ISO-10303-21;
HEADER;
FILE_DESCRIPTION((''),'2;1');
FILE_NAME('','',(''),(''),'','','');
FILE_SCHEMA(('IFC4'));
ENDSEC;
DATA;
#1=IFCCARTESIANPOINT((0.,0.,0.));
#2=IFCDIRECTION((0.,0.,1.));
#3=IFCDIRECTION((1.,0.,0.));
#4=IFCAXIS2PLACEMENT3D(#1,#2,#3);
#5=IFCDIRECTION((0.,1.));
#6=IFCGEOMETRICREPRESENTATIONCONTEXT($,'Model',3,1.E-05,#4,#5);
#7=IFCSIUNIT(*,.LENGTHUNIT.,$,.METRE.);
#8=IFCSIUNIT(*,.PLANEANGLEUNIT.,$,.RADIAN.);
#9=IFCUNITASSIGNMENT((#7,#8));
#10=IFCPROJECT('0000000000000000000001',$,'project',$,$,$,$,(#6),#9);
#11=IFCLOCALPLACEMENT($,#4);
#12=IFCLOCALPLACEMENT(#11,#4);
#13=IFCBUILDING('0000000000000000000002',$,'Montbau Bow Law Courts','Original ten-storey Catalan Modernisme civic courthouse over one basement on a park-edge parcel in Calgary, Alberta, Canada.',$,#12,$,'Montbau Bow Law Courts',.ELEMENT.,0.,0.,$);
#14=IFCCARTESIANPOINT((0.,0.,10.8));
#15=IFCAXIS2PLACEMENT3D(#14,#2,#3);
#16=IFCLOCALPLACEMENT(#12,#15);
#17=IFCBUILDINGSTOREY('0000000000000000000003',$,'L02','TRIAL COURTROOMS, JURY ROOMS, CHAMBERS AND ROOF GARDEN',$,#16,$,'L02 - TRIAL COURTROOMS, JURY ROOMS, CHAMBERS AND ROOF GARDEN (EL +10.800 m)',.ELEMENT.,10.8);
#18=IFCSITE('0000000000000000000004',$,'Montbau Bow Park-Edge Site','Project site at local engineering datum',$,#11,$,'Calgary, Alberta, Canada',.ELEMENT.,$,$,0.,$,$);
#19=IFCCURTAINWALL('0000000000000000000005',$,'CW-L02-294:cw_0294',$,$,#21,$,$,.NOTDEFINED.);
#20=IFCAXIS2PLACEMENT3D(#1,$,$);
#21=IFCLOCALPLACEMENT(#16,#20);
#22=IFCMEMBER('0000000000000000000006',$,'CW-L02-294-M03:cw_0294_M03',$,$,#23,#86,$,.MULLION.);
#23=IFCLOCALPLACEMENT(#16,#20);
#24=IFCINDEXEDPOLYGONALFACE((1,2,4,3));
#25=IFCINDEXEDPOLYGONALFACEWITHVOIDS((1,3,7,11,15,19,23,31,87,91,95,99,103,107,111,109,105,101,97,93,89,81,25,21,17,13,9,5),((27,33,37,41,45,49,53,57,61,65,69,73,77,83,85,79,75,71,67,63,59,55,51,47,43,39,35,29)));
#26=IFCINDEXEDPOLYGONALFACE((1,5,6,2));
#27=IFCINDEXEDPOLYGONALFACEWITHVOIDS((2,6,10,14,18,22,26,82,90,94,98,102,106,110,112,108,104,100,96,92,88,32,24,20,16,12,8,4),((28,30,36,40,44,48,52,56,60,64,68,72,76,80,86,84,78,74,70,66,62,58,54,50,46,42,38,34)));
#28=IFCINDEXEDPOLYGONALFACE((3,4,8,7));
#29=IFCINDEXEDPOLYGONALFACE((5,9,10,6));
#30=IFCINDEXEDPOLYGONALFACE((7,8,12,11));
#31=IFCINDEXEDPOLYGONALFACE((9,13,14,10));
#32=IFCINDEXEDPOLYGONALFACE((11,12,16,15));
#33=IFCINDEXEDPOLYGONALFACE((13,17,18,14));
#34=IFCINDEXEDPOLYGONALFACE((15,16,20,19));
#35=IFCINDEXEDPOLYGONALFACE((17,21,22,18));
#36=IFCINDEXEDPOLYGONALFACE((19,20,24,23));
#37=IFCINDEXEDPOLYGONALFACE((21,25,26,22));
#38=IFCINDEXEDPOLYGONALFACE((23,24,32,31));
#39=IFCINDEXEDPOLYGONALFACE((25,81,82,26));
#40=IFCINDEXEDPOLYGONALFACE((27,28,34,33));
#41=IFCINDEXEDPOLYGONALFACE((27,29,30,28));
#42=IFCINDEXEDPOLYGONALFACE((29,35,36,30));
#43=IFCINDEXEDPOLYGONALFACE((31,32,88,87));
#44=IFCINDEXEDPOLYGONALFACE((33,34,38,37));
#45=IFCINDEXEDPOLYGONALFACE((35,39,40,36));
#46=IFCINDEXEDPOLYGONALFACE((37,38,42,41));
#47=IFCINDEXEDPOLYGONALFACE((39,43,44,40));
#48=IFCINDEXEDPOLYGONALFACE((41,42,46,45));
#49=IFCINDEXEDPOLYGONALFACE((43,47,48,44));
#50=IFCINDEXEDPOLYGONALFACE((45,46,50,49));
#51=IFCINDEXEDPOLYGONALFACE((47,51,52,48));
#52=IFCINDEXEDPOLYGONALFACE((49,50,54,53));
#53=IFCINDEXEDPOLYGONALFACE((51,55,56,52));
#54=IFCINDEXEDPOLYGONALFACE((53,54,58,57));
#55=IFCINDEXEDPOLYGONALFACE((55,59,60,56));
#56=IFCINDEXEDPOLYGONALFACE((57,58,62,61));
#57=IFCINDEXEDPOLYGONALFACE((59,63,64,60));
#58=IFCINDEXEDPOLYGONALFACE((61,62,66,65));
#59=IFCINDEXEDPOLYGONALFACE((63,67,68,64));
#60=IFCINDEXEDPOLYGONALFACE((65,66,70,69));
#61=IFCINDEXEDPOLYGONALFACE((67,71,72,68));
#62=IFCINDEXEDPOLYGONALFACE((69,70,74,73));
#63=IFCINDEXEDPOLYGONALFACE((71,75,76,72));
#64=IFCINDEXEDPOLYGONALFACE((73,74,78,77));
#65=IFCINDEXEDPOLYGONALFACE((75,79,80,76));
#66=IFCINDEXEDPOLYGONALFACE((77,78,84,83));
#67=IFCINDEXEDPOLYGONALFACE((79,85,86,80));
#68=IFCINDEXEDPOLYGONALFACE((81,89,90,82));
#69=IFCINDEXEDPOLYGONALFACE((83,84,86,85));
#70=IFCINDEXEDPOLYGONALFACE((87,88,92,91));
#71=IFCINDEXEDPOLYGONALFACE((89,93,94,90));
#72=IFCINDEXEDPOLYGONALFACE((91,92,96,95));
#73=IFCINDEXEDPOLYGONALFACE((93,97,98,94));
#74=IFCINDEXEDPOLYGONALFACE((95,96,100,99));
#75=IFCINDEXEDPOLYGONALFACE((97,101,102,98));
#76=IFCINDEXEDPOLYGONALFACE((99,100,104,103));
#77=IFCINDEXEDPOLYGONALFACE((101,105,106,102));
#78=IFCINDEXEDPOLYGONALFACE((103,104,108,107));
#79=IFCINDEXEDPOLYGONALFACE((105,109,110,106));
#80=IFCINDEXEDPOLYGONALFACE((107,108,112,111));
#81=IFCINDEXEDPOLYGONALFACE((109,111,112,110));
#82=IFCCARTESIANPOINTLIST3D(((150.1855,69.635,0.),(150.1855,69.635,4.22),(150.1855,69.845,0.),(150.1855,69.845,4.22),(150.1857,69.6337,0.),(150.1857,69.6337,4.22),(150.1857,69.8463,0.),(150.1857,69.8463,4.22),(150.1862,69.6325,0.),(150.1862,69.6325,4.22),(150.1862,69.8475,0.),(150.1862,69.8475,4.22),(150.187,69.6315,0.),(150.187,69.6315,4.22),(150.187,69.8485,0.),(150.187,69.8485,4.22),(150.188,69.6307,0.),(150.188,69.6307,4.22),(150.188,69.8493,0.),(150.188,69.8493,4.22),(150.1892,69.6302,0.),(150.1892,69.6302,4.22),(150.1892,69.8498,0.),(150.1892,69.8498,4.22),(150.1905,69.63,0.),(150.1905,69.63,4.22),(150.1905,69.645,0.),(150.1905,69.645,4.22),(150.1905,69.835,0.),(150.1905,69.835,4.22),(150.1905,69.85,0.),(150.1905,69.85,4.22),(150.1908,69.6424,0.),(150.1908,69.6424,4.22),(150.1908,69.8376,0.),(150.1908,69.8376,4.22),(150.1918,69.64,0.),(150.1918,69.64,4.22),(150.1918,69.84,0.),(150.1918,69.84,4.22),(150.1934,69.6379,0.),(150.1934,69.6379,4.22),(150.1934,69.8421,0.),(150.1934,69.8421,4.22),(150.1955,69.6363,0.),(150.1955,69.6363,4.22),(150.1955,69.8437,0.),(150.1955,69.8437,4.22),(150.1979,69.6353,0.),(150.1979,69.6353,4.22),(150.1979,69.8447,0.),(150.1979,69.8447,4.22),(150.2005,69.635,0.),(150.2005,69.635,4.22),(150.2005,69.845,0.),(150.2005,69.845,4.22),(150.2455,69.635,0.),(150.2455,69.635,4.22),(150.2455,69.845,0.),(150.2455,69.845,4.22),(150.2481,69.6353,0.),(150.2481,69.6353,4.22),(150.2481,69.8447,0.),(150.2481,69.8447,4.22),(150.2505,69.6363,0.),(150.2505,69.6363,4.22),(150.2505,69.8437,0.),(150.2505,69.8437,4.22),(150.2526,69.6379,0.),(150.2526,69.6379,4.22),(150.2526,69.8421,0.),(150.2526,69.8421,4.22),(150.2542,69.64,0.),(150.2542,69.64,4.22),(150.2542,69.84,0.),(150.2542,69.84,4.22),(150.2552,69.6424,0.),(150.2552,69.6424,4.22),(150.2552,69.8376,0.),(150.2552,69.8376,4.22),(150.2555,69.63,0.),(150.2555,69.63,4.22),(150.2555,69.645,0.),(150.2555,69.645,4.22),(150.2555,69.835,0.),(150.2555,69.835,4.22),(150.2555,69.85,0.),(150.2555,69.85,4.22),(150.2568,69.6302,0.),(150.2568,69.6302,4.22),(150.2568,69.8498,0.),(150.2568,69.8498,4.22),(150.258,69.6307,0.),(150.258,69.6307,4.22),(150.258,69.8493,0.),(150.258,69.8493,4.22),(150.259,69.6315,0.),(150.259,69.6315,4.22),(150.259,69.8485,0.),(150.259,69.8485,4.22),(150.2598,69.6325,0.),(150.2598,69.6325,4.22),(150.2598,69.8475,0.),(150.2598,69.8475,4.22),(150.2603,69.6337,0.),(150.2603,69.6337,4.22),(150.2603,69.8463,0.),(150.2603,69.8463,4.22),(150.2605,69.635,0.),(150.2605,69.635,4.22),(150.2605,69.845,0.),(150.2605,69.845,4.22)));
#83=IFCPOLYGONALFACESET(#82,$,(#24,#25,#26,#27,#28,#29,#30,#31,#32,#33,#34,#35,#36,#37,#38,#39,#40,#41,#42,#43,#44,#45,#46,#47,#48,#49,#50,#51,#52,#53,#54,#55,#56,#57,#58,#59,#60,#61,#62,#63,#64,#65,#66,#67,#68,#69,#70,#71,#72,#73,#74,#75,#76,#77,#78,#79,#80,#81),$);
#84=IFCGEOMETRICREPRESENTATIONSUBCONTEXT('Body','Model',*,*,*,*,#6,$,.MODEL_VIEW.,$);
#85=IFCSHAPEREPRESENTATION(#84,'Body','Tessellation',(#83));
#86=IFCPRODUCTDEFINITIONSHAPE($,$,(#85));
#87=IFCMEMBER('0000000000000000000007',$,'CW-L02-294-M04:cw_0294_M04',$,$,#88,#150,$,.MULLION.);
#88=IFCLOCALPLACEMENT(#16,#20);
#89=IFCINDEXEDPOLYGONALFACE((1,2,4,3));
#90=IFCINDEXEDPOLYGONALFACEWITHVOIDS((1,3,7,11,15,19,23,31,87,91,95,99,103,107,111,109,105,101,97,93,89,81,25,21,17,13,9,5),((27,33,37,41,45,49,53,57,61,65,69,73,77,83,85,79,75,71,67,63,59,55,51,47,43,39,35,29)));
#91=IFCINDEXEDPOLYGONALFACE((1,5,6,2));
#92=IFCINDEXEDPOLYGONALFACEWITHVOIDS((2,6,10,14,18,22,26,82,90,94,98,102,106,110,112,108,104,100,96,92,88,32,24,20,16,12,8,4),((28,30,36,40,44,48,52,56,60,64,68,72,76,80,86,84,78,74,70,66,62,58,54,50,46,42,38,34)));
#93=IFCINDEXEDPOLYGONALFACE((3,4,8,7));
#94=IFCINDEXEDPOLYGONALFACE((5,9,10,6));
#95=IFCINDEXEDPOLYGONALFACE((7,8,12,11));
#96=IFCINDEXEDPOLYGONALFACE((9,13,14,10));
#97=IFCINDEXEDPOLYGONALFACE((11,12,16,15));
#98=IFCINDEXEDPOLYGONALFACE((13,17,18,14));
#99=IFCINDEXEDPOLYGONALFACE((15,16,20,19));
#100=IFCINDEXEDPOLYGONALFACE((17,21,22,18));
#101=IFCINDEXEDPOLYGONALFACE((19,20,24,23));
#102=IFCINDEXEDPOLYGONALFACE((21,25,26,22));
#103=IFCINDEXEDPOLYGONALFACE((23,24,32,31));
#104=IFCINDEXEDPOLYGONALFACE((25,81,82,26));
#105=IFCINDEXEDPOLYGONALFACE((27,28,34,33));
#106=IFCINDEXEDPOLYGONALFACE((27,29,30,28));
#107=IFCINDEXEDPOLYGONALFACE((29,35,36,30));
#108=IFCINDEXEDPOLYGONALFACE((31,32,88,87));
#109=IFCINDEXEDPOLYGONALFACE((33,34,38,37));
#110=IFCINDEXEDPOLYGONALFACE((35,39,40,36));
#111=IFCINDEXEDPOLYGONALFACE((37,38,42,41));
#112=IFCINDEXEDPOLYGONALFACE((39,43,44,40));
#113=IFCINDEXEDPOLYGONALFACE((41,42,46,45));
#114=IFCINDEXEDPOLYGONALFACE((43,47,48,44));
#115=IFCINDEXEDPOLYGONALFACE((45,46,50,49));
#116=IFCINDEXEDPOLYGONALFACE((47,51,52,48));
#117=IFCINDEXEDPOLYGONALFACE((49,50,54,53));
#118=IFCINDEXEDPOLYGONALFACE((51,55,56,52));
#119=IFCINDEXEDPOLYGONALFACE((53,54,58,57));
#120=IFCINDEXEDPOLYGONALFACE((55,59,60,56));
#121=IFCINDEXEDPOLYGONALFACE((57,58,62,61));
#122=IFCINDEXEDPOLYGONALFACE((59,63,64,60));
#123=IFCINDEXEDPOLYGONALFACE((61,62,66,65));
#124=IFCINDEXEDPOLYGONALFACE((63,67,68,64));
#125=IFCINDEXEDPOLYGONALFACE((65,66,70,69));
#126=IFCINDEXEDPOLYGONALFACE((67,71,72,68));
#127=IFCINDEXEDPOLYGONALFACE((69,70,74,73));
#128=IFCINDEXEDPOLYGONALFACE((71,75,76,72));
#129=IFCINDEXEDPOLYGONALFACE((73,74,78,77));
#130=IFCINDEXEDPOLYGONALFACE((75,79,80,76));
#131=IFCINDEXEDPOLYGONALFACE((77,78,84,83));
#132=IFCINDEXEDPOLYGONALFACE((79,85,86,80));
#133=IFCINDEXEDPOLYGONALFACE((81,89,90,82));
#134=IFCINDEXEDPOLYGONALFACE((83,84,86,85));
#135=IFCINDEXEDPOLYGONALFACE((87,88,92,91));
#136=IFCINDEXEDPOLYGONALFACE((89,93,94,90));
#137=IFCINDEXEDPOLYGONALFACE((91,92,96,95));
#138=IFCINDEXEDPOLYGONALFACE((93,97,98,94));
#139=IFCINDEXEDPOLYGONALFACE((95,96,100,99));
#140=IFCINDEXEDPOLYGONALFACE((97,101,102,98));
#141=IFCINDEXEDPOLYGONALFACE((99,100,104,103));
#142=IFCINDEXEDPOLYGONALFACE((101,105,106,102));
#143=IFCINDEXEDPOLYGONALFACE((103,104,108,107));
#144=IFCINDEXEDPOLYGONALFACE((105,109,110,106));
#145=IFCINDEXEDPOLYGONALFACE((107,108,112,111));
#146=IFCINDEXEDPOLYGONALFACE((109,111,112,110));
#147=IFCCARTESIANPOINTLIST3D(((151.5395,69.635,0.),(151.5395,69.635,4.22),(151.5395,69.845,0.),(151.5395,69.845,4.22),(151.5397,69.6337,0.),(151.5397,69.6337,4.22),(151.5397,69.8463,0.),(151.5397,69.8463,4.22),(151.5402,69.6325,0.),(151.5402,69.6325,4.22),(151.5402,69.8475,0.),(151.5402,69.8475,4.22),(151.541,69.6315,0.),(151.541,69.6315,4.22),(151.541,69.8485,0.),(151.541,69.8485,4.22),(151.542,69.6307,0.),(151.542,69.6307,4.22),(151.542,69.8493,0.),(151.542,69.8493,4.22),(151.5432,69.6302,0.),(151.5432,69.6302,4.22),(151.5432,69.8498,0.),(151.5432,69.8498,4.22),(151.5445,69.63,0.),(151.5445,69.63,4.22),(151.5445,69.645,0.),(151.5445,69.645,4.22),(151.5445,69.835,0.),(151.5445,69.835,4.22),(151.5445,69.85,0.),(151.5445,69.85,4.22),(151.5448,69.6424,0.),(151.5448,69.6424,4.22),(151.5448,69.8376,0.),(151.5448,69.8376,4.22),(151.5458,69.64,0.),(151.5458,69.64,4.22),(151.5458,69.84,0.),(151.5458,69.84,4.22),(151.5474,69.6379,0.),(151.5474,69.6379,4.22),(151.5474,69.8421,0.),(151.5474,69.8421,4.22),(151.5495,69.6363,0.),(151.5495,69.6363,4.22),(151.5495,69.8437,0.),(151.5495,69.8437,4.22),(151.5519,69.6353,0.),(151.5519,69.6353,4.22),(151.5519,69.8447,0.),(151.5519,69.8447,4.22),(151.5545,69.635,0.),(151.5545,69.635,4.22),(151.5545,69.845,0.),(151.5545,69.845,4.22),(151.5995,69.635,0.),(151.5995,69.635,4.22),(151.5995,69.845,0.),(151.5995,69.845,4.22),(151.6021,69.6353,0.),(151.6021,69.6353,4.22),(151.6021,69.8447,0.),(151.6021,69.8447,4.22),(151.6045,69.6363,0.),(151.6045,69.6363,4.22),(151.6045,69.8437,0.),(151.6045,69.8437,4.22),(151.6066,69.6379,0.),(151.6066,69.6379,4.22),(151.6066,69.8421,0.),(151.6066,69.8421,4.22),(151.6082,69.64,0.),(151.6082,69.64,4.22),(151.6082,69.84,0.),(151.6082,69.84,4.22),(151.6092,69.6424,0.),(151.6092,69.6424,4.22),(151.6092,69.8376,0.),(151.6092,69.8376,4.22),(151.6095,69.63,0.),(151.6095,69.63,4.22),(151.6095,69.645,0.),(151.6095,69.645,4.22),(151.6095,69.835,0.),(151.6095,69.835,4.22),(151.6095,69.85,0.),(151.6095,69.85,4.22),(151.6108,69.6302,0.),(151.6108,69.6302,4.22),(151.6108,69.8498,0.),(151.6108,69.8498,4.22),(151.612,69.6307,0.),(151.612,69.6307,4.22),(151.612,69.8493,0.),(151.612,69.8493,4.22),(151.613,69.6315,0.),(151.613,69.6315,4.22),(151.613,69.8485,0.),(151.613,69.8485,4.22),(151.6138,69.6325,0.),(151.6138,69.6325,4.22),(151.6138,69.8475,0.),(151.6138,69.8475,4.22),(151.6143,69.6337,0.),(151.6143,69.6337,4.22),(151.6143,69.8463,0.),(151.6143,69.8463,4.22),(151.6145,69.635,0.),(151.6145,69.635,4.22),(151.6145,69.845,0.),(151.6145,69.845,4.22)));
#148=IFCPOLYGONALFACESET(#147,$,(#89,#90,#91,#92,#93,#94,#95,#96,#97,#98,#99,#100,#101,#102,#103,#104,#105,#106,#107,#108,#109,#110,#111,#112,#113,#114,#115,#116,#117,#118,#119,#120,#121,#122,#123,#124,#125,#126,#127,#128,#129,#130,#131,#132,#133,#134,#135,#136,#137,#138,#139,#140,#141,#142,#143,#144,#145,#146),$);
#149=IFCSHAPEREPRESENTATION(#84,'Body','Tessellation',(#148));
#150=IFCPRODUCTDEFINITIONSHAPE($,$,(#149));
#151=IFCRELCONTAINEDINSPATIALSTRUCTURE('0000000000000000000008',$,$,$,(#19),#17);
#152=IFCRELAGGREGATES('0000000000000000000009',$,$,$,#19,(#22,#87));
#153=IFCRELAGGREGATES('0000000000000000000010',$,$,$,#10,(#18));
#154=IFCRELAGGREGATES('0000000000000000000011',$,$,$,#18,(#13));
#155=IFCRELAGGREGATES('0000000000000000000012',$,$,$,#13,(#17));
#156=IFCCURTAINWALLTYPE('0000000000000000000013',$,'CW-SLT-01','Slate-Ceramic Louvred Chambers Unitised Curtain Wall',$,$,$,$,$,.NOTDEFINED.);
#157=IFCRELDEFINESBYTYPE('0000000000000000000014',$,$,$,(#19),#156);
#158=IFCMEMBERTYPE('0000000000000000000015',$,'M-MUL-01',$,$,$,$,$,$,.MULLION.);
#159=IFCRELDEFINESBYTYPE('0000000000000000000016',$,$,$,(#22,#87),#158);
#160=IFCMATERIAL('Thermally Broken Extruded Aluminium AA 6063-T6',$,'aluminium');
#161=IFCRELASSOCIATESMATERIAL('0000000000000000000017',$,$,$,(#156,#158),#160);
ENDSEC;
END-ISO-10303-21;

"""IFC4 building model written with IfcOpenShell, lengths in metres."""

from ifc_helpers import new_model, si_unit, direction, frame, origin_with_axes, origin_2d_with_axis, place, context, subcontext, project, spatial, hollow_rectangle, extrude, material, material_profile, profile_set, type_object, element, aggregate, save


model = new_model("IFC4")

# Units and contexts
model_context = context("Model", 3, precision=1e-05, world=origin_with_axes(), true_north=direction((0.0, 1.0)))
body_context = subcontext(model_context, "Body", "Model", "MODEL_VIEW")
ifc_project = project(units=[si_unit("LENGTHUNIT", "METRE"), si_unit("PLANEANGLEUNIT", "RADIAN")], contexts=[model_context])

# Site, building, storey
site_placement = place(None, origin_with_axes())
site = spatial("IfcSite", under=ifc_project, at=site_placement, Name="Montbau Bow Park-Edge Site", Description="Project site at local engineering datum", LongName="Calgary, Alberta, Canada", CompositionType="ELEMENT", RefElevation=0.0)
building_placement = place(site_placement, origin_with_axes())
building = spatial("IfcBuilding", under=site, at=building_placement, Name="Montbau Bow Law Courts", Description="Original ten-storey Catalan Modernisme civic courthouse over one basement on a park-edge parcel in Calgary, Alberta, Canada.", LongName="Montbau Bow Law Courts", CompositionType="ELEMENT", ElevationOfRefHeight=0.0, ElevationOfTerrain=0.0)
storey_placement = place(building_placement, frame((0.0, 0.0, 10.8), z_axis=(0.0, 0.0, 1.0), x_axis=(1.0, 0.0, 0.0)))
storey = spatial("IfcBuildingStorey", under=building, at=storey_placement, Name="L02", Description="TRIAL COURTROOMS, JURY ROOMS, CHAMBERS AND ROOF GARDEN", LongName="L02 - TRIAL COURTROOMS, JURY ROOMS, CHAMBERS AND ROOF GARDEN (EL +10.800 m)", CompositionType="ELEMENT", Elevation=10.8)

# Curtain wall, members
ifc_material_1 = material(Name="Thermally Broken Extruded Aluminium AA 6063-T6", Category="aluminium")
curtain_wall_type = type_object("IfcCurtainWallType", Name="CW-SLT-01", Description="Slate-Ceramic Louvred Chambers Unitised Curtain Wall", PredefinedType="NOTDEFINED", material=ifc_material_1)
curtain_wall_placement = place(None, frame((147.515, 69.74, 10.8), z_axis=(0.0, 0.0, 1.0), x_axis=(1.0, 0.0, 0.0)))
curtain_wall = element("IfcCurtainWall", 1, at=curtain_wall_placement, inside=storey, type_object=curtain_wall_type, Name="CW-L02-294:cw_0294", PredefinedType="NOTDEFINED")
ifc_material_profile_1 = material_profile(ifc_material_1, hollow_rectangle(XDim=0.075, YDim=0.22, WallThickness=0.005, InnerFilletRadius=0.01, OuterFilletRadius=0.005, at=origin_2d_with_axis()), Name="CWM-220X75", Category="Main", Priority=0)
ifc_profile_set_1 = profile_set([ifc_material_profile_1], Name="Thermally Broken Extruded Aluminium AA 6063-T6")
member_type_1 = type_object("IfcMemberType", Name="M-MUL-01", PredefinedType="MULLION", material=ifc_profile_set_1)
member_1_placement = place(None, frame((150.223, 69.74, 10.8), z_axis=(0.0, 0.0, 1.0), x_axis=(1.0, 0.0, 0.0)))
member_1 = element("IfcMember", 2, at=member_1_placement, type_object=member_type_1, Name="CW-L02-294-M03:cw_0294_M03", PredefinedType="MULLION", context=body_context, shape_type="SweptSolid", body=[
    extrude(hollow_rectangle(XDim=0.075, YDim=0.22, WallThickness=0.005, InnerFilletRadius=0.01, OuterFilletRadius=0.005, at=origin_2d_with_axis()), origin_with_axes(), (0.0, 0.0, 1.0), 4.22),
])
member_2_placement = place(None, frame((151.577, 69.74, 10.8), z_axis=(0.0, 0.0, 1.0), x_axis=(1.0, 0.0, 0.0)))
member_2 = element("IfcMember", 3, at=member_2_placement, type_object=member_type_1, Name="CW-L02-294-M04:cw_0294_M04", PredefinedType="MULLION", context=body_context, shape_type="SweptSolid", body=[
    extrude(hollow_rectangle(XDim=0.075, YDim=0.22, WallThickness=0.005, InnerFilletRadius=0.01, OuterFilletRadius=0.005, at=origin_2d_with_axis()), origin_with_axes(), (0.0, 0.0, 1.0), 4.22),
])
aggregate(curtain_wall, [member_1, member_2])

save(model, "model.ifc")
